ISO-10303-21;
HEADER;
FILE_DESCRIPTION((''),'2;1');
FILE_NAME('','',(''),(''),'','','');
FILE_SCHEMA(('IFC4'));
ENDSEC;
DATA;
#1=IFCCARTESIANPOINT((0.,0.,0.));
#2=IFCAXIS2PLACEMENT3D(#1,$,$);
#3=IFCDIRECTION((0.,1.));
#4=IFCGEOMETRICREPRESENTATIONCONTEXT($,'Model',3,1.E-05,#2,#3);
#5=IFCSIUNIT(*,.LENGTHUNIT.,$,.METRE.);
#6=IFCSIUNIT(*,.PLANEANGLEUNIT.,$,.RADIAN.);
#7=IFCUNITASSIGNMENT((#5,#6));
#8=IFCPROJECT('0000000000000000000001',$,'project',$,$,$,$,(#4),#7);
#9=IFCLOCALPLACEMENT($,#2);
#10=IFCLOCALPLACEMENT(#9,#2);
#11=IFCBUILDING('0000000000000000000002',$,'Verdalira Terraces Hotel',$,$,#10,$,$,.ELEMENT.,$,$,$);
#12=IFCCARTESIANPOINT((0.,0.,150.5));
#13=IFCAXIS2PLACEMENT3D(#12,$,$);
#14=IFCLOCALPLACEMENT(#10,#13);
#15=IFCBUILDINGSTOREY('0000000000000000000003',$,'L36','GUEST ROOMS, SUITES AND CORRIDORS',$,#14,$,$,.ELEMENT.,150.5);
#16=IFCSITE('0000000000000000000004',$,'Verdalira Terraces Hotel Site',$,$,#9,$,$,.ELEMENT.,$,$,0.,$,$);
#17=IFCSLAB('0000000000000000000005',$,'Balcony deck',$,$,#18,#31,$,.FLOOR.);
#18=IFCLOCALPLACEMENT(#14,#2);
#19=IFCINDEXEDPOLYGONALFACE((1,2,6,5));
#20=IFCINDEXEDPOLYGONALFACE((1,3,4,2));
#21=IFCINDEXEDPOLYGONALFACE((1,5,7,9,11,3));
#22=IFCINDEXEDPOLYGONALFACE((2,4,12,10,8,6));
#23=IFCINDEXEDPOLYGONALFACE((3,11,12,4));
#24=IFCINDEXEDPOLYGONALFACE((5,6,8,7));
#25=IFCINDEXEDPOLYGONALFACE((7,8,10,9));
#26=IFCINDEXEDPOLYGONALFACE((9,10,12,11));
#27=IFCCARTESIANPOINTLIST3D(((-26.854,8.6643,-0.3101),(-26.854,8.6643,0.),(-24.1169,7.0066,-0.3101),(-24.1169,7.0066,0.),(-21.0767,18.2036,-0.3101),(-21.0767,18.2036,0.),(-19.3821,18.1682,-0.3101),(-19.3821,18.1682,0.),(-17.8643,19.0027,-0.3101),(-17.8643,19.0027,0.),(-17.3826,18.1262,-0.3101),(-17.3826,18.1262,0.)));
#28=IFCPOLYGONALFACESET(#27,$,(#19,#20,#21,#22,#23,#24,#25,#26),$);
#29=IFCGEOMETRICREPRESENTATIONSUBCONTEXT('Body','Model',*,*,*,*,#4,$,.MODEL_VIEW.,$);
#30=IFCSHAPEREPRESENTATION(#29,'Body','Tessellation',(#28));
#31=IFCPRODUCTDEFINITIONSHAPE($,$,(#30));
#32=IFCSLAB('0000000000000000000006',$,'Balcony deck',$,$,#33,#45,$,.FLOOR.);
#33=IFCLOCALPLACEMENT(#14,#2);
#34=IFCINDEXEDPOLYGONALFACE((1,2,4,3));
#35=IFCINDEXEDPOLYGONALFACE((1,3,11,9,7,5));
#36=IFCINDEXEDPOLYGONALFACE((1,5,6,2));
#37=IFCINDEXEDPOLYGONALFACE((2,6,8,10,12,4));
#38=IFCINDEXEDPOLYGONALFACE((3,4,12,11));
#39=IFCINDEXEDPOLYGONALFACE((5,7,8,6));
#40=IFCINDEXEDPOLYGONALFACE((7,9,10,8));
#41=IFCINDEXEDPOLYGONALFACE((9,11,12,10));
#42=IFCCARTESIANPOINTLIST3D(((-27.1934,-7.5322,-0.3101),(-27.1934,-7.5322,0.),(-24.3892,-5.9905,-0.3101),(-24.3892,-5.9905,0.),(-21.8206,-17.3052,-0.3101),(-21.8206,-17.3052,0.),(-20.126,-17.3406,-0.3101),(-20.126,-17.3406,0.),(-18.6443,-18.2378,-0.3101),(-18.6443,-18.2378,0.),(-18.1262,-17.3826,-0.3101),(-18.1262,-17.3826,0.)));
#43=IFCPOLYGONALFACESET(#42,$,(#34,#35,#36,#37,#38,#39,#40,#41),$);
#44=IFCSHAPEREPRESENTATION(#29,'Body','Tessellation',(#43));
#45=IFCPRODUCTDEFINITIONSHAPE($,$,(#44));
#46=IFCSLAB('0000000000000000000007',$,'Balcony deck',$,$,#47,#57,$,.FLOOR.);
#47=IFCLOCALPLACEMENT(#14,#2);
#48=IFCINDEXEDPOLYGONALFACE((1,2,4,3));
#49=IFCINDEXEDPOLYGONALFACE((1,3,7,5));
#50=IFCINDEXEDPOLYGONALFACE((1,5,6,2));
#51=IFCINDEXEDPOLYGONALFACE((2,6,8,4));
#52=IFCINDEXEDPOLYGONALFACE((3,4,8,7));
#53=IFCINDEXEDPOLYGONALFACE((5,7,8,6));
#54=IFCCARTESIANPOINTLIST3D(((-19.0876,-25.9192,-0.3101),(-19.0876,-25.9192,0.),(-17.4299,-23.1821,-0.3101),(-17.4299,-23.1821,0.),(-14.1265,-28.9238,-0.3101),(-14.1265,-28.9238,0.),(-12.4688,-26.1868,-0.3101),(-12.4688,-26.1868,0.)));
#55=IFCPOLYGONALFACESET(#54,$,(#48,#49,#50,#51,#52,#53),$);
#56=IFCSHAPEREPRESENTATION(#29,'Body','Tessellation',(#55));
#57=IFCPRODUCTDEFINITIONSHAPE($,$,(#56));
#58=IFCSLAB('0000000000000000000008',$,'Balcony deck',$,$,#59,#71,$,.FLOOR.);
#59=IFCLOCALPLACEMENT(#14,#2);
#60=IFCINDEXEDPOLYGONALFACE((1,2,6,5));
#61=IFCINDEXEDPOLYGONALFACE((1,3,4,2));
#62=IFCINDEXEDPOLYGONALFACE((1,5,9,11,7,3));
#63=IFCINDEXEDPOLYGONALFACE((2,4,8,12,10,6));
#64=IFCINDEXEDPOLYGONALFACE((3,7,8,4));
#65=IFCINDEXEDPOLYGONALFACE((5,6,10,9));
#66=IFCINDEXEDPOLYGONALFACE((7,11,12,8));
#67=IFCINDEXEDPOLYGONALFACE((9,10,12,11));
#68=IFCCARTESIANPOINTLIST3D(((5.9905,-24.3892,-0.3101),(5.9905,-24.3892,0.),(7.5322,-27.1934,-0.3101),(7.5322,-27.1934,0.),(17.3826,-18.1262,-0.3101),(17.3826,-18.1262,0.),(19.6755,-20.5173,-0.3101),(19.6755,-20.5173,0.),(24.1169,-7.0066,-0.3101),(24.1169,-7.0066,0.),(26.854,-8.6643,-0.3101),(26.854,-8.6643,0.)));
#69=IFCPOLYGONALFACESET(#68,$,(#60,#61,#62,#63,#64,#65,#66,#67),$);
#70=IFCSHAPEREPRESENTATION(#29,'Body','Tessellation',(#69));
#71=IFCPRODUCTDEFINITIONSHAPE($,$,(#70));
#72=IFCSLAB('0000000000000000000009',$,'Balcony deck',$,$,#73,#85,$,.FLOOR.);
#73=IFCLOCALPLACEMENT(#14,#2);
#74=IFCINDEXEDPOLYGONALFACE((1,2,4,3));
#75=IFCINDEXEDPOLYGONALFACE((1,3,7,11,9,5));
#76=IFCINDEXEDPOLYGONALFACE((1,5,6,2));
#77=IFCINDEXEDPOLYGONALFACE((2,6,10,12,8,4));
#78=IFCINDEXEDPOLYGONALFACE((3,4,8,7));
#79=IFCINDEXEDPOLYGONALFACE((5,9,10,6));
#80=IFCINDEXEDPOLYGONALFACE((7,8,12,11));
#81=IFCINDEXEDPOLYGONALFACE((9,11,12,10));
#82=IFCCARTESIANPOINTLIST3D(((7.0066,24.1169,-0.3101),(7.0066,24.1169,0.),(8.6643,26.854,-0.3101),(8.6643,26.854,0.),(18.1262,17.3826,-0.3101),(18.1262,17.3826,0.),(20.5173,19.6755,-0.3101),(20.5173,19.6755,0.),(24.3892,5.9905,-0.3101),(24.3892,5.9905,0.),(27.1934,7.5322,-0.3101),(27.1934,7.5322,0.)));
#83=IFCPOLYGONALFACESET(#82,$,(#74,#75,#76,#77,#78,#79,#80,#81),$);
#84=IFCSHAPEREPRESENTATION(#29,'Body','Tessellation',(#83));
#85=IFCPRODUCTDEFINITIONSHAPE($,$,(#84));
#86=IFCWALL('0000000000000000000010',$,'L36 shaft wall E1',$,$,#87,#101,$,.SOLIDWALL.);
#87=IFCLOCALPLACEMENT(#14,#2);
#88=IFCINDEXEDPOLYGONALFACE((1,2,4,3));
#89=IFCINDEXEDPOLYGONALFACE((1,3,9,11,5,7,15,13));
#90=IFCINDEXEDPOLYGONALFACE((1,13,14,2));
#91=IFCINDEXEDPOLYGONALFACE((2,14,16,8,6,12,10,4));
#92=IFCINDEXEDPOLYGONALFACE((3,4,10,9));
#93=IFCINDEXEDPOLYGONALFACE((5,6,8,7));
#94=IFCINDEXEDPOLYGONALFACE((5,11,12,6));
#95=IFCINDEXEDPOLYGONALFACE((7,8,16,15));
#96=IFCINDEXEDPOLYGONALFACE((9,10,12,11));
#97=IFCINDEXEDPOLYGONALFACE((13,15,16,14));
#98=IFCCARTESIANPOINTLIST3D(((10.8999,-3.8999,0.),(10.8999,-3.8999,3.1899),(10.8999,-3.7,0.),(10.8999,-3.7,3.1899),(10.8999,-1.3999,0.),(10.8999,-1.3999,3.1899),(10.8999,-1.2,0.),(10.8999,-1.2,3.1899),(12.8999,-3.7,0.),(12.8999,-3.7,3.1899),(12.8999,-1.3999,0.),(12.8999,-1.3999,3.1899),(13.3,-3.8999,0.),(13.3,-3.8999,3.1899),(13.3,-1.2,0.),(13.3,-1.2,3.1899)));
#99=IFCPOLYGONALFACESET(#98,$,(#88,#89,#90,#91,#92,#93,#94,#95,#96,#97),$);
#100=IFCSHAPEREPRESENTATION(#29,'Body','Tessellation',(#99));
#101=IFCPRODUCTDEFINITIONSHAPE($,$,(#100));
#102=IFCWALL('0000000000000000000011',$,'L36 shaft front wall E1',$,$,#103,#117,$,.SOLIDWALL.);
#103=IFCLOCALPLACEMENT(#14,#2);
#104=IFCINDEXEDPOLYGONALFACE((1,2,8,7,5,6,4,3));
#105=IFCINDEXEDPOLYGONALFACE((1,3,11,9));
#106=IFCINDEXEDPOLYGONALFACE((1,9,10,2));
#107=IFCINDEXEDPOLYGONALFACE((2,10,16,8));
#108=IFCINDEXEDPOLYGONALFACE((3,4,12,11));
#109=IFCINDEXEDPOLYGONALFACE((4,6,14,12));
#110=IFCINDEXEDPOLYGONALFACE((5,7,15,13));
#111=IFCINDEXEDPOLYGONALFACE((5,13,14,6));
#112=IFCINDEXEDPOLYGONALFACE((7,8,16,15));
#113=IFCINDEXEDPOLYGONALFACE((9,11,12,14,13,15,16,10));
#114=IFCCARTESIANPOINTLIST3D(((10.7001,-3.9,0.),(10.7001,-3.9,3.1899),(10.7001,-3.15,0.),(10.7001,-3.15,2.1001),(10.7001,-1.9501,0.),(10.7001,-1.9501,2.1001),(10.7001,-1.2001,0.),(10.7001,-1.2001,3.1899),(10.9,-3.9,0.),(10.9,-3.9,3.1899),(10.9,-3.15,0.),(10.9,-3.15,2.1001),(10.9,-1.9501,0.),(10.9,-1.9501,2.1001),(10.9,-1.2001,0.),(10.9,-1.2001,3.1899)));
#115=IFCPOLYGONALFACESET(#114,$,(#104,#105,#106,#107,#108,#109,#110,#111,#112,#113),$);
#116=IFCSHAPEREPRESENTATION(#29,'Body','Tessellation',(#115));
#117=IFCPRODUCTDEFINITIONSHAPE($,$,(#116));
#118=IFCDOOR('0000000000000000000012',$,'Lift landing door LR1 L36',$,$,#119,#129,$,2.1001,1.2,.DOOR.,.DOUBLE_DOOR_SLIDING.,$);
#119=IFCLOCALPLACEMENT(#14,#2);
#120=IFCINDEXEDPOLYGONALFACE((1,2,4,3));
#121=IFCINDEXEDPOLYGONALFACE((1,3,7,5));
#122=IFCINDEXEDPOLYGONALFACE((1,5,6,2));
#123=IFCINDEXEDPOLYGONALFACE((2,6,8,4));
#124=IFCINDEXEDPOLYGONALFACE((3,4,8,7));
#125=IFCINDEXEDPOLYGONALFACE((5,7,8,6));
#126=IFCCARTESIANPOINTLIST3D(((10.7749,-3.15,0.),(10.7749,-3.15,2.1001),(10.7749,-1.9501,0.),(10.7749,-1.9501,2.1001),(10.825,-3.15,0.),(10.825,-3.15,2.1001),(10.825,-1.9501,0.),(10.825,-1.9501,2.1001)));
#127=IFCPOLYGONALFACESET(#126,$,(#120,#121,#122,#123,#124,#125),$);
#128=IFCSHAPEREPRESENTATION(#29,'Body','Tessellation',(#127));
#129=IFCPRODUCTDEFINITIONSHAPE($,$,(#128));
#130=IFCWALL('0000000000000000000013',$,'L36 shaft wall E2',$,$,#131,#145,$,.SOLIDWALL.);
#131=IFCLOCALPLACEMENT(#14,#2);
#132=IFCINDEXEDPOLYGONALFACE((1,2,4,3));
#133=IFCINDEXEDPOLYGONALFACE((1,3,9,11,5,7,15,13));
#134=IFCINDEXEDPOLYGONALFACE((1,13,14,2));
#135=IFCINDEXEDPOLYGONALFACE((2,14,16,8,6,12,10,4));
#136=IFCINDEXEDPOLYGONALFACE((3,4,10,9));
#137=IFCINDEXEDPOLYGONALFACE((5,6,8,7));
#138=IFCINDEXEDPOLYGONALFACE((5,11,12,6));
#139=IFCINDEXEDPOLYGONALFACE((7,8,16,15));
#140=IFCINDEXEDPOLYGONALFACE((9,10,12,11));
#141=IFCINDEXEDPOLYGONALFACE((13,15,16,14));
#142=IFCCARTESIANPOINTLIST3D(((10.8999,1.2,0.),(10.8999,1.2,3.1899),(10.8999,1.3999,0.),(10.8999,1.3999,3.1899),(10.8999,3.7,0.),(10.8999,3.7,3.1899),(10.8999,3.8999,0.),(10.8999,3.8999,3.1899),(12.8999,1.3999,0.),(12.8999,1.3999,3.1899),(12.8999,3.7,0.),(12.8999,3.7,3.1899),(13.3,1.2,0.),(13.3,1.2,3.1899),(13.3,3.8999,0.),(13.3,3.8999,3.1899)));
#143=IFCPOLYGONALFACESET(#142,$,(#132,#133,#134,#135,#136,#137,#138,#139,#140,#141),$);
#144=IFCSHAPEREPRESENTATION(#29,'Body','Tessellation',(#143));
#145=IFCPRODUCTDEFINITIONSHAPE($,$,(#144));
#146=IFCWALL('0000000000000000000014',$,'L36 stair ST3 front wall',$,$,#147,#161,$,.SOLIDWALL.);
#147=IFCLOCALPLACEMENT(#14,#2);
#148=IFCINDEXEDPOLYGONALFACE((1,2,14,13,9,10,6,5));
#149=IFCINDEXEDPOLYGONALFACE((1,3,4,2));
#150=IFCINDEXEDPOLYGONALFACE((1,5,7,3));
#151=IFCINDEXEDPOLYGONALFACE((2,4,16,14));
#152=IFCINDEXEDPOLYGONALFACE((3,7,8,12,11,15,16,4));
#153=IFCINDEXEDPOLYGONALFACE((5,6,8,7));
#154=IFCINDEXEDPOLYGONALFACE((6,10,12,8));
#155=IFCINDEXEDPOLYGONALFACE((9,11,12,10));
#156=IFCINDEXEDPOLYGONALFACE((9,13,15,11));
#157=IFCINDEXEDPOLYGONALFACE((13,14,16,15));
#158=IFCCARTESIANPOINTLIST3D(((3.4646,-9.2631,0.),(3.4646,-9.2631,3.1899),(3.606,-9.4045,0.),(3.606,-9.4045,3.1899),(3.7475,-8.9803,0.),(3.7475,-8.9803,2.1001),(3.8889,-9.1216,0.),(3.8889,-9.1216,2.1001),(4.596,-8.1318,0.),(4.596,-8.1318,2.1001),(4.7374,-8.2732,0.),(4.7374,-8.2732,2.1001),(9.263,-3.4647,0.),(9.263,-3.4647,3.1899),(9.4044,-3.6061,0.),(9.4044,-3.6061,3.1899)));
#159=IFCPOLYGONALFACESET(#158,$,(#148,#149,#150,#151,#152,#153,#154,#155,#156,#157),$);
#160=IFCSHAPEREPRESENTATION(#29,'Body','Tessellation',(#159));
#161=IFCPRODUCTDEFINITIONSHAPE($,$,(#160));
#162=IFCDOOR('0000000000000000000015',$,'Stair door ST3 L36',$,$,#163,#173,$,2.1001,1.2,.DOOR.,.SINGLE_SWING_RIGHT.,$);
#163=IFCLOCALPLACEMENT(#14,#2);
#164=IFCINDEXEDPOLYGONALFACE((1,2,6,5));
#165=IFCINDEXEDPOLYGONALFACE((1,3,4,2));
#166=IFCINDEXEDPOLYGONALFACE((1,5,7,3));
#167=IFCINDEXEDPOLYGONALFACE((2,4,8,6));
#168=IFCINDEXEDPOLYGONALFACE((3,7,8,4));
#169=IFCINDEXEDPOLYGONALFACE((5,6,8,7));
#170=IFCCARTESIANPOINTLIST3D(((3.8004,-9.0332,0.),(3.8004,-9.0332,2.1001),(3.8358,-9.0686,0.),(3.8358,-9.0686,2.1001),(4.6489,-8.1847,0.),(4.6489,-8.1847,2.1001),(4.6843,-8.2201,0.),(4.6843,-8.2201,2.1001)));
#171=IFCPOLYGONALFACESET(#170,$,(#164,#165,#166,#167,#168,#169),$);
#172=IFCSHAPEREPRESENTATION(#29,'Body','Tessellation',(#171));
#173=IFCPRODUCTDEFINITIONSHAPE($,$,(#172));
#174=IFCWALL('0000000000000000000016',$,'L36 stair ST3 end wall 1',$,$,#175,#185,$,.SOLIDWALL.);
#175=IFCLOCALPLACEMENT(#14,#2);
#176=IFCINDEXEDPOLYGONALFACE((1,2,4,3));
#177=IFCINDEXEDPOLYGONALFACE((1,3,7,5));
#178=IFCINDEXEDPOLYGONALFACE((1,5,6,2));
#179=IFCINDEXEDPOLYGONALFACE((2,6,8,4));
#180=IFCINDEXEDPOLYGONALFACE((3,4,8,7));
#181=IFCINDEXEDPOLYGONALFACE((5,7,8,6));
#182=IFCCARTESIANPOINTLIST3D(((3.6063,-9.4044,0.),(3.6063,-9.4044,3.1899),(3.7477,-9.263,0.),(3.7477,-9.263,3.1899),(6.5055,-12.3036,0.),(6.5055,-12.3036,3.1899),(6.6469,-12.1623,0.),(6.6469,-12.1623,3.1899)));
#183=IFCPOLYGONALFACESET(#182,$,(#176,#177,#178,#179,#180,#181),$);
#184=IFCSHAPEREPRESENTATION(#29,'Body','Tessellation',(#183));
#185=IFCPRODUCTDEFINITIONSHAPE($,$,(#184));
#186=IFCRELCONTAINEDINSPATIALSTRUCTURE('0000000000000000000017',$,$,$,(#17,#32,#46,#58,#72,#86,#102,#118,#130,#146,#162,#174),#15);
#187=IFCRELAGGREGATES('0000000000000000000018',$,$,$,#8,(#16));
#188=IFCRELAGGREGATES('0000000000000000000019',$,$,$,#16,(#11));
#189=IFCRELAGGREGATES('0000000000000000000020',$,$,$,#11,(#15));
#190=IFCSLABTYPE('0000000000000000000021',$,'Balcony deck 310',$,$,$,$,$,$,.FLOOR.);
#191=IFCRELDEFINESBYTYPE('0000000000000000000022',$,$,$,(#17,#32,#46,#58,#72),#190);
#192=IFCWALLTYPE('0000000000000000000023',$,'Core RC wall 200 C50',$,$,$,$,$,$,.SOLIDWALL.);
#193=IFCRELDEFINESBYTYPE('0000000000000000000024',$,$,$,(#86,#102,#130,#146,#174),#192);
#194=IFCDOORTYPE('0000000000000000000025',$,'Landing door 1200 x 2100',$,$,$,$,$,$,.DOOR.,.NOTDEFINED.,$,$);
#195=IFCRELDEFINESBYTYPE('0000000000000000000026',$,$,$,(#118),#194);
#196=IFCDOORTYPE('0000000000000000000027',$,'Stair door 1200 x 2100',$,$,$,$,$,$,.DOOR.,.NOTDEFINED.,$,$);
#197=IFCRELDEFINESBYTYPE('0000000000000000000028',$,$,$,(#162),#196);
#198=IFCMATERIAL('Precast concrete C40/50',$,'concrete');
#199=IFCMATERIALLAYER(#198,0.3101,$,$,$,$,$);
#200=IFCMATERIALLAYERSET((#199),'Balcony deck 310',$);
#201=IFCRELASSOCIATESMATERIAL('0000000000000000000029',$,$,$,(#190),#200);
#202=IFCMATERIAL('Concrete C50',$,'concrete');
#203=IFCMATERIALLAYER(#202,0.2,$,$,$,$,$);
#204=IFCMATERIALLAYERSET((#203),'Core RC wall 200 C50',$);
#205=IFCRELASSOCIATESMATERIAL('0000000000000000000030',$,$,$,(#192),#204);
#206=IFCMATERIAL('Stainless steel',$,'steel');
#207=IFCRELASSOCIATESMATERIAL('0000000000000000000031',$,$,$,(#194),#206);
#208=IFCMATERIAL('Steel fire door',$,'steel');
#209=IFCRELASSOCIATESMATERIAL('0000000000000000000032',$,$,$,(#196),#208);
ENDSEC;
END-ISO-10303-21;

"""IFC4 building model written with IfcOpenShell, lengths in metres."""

from ifc_helpers import new_model, si_unit, direction, frame, frame_2d, origin, place, context, subcontext, project, spatial, polyline, rectangle, outline, extrude, material, layer, layer_set, type_object, element, fill, save


model = new_model("IFC4")

# Units and contexts
model_context = context("Model", 3, precision=1e-05, world=origin(), true_north=direction((0.0, 1.0)))
body_context = subcontext(model_context, "Body", "Model", "MODEL_VIEW")
ifc_project = project(units=[si_unit("LENGTHUNIT", "METRE"), si_unit("PLANEANGLEUNIT", "RADIAN")], contexts=[model_context])

# Site, building, storey
site_placement = place(None, origin())
site = spatial("IfcSite", under=ifc_project, at=site_placement, Name="Verdalira Terraces Hotel Site", CompositionType="ELEMENT", RefElevation=0.0)
building_placement = place(site_placement, origin())
building = spatial("IfcBuilding", under=site, at=building_placement, Name="Verdalira Terraces Hotel", CompositionType="ELEMENT")
storey_placement = place(building_placement, frame((0.0, 0.0, 150.5)))
storey = spatial("IfcBuildingStorey", under=building, at=storey_placement, Name="L36", Description="GUEST ROOMS, SUITES AND CORRIDORS", CompositionType="ELEMENT", Elevation=150.5)

# Slabs
ifc_material_1 = material(Name="Precast concrete C40/50", Category="concrete")
ifc_layer_1 = layer(ifc_material_1, 0.3101)
ifc_layer_set_1 = layer_set([ifc_layer_1], Name="Balcony deck 310")
slab_type = type_object("IfcSlabType", Name="Balcony deck 310", PredefinedType="FLOOR", material=ifc_layer_set_1)
slab_1_placement = place(storey_placement, frame((0.0, 0.0, -0.3101)))
element("IfcSlab", 1, at=slab_1_placement, inside=storey, type_object=slab_type, Name="Balcony deck", PredefinedType="FLOOR", context=body_context, shape_type="SweptSolid", body=[
    extrude(outline(polyline([(-21.0767, 18.2036), (-26.854, 8.6643), (-24.1169, 7.0066), (-17.3826, 18.1262), (-17.8643, 19.0027), (-19.3821, 18.1682), (-21.0767, 18.2036)])), origin(), (0.0, 0.0, 1.0), 0.3101),
])
slab_2_placement = place(storey_placement, frame((0.0, 0.0, -0.3101)))
element("IfcSlab", 2, at=slab_2_placement, inside=storey, type_object=slab_type, Name="Balcony deck", PredefinedType="FLOOR", context=body_context, shape_type="SweptSolid", body=[
    extrude(outline(polyline([(-27.1934, -7.5322), (-21.8206, -17.3052), (-20.126, -17.3406), (-18.6443, -18.2378), (-18.1262, -17.3826), (-24.3892, -5.9905), (-27.1934, -7.5322)])), origin(), (0.0, 0.0, 1.0), 0.3101),
])
slab_3_placement = place(storey_placement, frame((0.0, 0.0, -0.3101)))
element("IfcSlab", 3, at=slab_3_placement, inside=storey, type_object=slab_type, Name="Balcony deck", PredefinedType="FLOOR", context=body_context, shape_type="SweptSolid", body=[
    extrude(outline(polyline([(-14.1265, -28.9238), (-12.4688, -26.1868), (-17.4299, -23.1821), (-19.0876, -25.9192), (-14.1265, -28.9238)])), origin(), (0.0, 0.0, 1.0), 0.3101),
])
slab_4_placement = place(storey_placement, frame((0.0, 0.0, -0.3101)))
element("IfcSlab", 4, at=slab_4_placement, inside=storey, type_object=slab_type, Name="Balcony deck", PredefinedType="FLOOR", context=body_context, shape_type="SweptSolid", body=[
    extrude(outline(polyline([(26.854, -8.6643), (24.1169, -7.0066), (17.3826, -18.1262), (5.9905, -24.3892), (7.5322, -27.1934), (19.6755, -20.5173), (26.854, -8.6643)])), origin(), (0.0, 0.0, 1.0), 0.3101),
])
slab_5_placement = place(storey_placement, frame((0.0, 0.0, -0.3101)))
element("IfcSlab", 5, at=slab_5_placement, inside=storey, type_object=slab_type, Name="Balcony deck", PredefinedType="FLOOR", context=body_context, shape_type="SweptSolid", body=[
    extrude(outline(polyline([(8.6643, 26.854), (7.0066, 24.1169), (18.1262, 17.3826), (24.3892, 5.9905), (27.1934, 7.5322), (20.5173, 19.6755), (8.6643, 26.854)])), origin(), (0.0, 0.0, 1.0), 0.3101),
])

# Wall
ifc_material_2 = material(Name="Concrete C50", Category="concrete")
ifc_layer_2 = layer(ifc_material_2, 0.2)
ifc_layer_set_2 = layer_set([ifc_layer_2], Name="Core RC wall 200 C50")
wall_type_1 = type_object("IfcWallType", Name="Core RC wall 200 C50", PredefinedType="SOLIDWALL", material=ifc_layer_set_2)
wall_1_placement = place(storey_placement, origin())
element("IfcWall", 6, at=wall_1_placement, inside=storey, type_object=wall_type_1, Name="L36 shaft wall E1", PredefinedType="SOLIDWALL", context=body_context, shape_type="SweptSolid", body=[
    extrude(outline(polyline([(13.3, -3.8999), (10.8999, -3.8999), (10.8999, -3.7), (12.8999, -3.7), (12.8999, -1.3999), (10.8999, -1.3999), (10.8999, -1.2), (13.3, -1.2), (13.3, -3.8999)])), origin(), (0.0, 0.0, 1.0), 3.1899),
])

# Wall, opening, door
wall_2_placement = place(storey_placement, frame((10.8, -1.2, 0.0), z_axis=(0.0, 0.0, 1.0), x_axis=(0.0, -1.0, 0.0)))
wall_2 = element("IfcWall", 7, at=wall_2_placement, inside=storey, type_object=wall_type_1, Name="L36 shaft front wall E1", PredefinedType="SOLIDWALL", context=body_context, shape_type="SweptSolid", body=[
    extrude(rectangle(XDim=2.7, YDim=0.2, at=frame_2d((1.3501, 0.0))), origin(), (0.0, 0.0, 1.0), 3.1899),
])
opening_1_placement = place(wall_2_placement, frame((0.75, 0.0, 0.0)))
opening_1 = element("IfcOpeningElement", 8, at=opening_1_placement, cuts=wall_2, PredefinedType="OPENING", context=body_context, shape_type="SweptSolid", body=[
    extrude(rectangle(XDim=1.2, YDim=2.1001, at=frame_2d((0.6001, 1.05))), frame((0.0, 0.1099, 0.0), z_axis=(0.0, -1.0, 0.0), x_axis=(1.0, 0.0, 0.0)), (0.0, 0.0, 1.0), 0.22),
])
ifc_material_3 = material(Name="Stainless steel", Category="steel")
door_type_1 = type_object("IfcDoorType", Name="Landing door 1200 x 2100", OperationType="NOTDEFINED", PredefinedType="DOOR", material=ifc_material_3)
door_1_placement = place(opening_1_placement, origin())
door_1 = element("IfcDoor", 9, at=door_1_placement, inside=storey, type_object=door_type_1, Name="Lift landing door LR1 L36", OperationType="DOUBLE_DOOR_SLIDING", OverallHeight=2.1001, OverallWidth=1.2, PredefinedType="DOOR", context=body_context, shape_type="SweptSolid", body=[
    extrude(rectangle(XDim=1.2, YDim=2.1001, at=frame_2d((0.6001, 1.05))), frame((0.0, 0.0249, 0.0), z_axis=(0.0, -1.0, 0.0), x_axis=(1.0, 0.0, 0.0)), (0.0, 0.0, 1.0), 0.05),
])
fill(opening_1, door_1)

# Wall
wall_3_placement = place(storey_placement, origin())
element("IfcWall", 10, at=wall_3_placement, inside=storey, type_object=wall_type_1, Name="L36 shaft wall E2", PredefinedType="SOLIDWALL", context=body_context, shape_type="SweptSolid", body=[
    extrude(outline(polyline([(13.3, 3.8999), (13.3, 1.2), (10.8999, 1.2), (10.8999, 1.3999), (12.8999, 1.3999), (12.8999, 3.7), (10.8999, 3.7), (10.8999, 3.8999), (13.3, 3.8999)])), origin(), (0.0, 0.0, 1.0), 3.1899),
])

# Wall, opening, door
wall_4_placement = place(storey_placement, frame((9.3337, -3.5354, 0.0), z_axis=(0.0, 0.0, 1.0), x_axis=(-0.707107, -0.707107, 0.0)))
wall_4 = element("IfcWall", 11, at=wall_4_placement, inside=storey, type_object=wall_type_1, Name="L36 stair ST3 front wall", PredefinedType="SOLIDWALL", context=body_context, shape_type="SweptSolid", body=[
    extrude(rectangle(XDim=8.2002, YDim=0.2, at=frame_2d((4.1001, 0.0))), origin(), (0.0, 0.0, 1.0), 3.1899),
])
opening_2_placement = place(wall_4_placement, frame((6.6001, 0.0, 0.0)))
opening_2 = element("IfcOpeningElement", 12, at=opening_2_placement, cuts=wall_4, PredefinedType="OPENING", context=body_context, shape_type="SweptSolid", body=[
    extrude(rectangle(XDim=1.2, YDim=2.1001, at=frame_2d((0.6001, 1.05))), frame((0.0, 0.1099, 0.0), z_axis=(0.0, -1.0, 0.0), x_axis=(1.0, 0.0, 0.0)), (0.0, 0.0, 1.0), 0.22),
])
ifc_material_4 = material(Name="Steel fire door", Category="steel")
door_type_2 = type_object("IfcDoorType", Name="Stair door 1200 x 2100", OperationType="NOTDEFINED", PredefinedType="DOOR", material=ifc_material_4)
door_2_placement = place(opening_2_placement, origin())
door_2 = element("IfcDoor", 13, at=door_2_placement, inside=storey, type_object=door_type_2, Name="Stair door ST3 L36", OperationType="SINGLE_SWING_RIGHT", OverallHeight=2.1001, OverallWidth=1.2, PredefinedType="DOOR", context=body_context, shape_type="SweptSolid", body=[
    extrude(rectangle(XDim=1.2, YDim=2.1001, at=frame_2d((0.6001, 1.05))), frame((0.0, 0.0249, 0.0), z_axis=(0.0, -1.0, 0.0), x_axis=(1.0, 0.0, 0.0)), (0.0, 0.0, 1.0), 0.05),
])
fill(opening_2, door_2)

# Wall
for number, where, z_axis, x_axis, name in (
    (14, (3.677, -9.3337, 0.0), (0.0, 0.0, 1.0), (0.707107, -0.707107, 0.0), "L36 stair ST3 end wall 1"),
):
    element("IfcWall", number, at=place(storey_placement, frame(where, z_axis=z_axis, x_axis=x_axis)), inside=storey, type_object=wall_type_1, Name=name, PredefinedType="SOLIDWALL", context=body_context, shape_type="SweptSolid", body=[
        extrude(rectangle(XDim=4.1001, YDim=0.2, at=frame_2d((2.05, 0.0))), origin(), (0.0, 0.0, 1.0), 3.1899),
    ])

save(model, "model.ifc")
